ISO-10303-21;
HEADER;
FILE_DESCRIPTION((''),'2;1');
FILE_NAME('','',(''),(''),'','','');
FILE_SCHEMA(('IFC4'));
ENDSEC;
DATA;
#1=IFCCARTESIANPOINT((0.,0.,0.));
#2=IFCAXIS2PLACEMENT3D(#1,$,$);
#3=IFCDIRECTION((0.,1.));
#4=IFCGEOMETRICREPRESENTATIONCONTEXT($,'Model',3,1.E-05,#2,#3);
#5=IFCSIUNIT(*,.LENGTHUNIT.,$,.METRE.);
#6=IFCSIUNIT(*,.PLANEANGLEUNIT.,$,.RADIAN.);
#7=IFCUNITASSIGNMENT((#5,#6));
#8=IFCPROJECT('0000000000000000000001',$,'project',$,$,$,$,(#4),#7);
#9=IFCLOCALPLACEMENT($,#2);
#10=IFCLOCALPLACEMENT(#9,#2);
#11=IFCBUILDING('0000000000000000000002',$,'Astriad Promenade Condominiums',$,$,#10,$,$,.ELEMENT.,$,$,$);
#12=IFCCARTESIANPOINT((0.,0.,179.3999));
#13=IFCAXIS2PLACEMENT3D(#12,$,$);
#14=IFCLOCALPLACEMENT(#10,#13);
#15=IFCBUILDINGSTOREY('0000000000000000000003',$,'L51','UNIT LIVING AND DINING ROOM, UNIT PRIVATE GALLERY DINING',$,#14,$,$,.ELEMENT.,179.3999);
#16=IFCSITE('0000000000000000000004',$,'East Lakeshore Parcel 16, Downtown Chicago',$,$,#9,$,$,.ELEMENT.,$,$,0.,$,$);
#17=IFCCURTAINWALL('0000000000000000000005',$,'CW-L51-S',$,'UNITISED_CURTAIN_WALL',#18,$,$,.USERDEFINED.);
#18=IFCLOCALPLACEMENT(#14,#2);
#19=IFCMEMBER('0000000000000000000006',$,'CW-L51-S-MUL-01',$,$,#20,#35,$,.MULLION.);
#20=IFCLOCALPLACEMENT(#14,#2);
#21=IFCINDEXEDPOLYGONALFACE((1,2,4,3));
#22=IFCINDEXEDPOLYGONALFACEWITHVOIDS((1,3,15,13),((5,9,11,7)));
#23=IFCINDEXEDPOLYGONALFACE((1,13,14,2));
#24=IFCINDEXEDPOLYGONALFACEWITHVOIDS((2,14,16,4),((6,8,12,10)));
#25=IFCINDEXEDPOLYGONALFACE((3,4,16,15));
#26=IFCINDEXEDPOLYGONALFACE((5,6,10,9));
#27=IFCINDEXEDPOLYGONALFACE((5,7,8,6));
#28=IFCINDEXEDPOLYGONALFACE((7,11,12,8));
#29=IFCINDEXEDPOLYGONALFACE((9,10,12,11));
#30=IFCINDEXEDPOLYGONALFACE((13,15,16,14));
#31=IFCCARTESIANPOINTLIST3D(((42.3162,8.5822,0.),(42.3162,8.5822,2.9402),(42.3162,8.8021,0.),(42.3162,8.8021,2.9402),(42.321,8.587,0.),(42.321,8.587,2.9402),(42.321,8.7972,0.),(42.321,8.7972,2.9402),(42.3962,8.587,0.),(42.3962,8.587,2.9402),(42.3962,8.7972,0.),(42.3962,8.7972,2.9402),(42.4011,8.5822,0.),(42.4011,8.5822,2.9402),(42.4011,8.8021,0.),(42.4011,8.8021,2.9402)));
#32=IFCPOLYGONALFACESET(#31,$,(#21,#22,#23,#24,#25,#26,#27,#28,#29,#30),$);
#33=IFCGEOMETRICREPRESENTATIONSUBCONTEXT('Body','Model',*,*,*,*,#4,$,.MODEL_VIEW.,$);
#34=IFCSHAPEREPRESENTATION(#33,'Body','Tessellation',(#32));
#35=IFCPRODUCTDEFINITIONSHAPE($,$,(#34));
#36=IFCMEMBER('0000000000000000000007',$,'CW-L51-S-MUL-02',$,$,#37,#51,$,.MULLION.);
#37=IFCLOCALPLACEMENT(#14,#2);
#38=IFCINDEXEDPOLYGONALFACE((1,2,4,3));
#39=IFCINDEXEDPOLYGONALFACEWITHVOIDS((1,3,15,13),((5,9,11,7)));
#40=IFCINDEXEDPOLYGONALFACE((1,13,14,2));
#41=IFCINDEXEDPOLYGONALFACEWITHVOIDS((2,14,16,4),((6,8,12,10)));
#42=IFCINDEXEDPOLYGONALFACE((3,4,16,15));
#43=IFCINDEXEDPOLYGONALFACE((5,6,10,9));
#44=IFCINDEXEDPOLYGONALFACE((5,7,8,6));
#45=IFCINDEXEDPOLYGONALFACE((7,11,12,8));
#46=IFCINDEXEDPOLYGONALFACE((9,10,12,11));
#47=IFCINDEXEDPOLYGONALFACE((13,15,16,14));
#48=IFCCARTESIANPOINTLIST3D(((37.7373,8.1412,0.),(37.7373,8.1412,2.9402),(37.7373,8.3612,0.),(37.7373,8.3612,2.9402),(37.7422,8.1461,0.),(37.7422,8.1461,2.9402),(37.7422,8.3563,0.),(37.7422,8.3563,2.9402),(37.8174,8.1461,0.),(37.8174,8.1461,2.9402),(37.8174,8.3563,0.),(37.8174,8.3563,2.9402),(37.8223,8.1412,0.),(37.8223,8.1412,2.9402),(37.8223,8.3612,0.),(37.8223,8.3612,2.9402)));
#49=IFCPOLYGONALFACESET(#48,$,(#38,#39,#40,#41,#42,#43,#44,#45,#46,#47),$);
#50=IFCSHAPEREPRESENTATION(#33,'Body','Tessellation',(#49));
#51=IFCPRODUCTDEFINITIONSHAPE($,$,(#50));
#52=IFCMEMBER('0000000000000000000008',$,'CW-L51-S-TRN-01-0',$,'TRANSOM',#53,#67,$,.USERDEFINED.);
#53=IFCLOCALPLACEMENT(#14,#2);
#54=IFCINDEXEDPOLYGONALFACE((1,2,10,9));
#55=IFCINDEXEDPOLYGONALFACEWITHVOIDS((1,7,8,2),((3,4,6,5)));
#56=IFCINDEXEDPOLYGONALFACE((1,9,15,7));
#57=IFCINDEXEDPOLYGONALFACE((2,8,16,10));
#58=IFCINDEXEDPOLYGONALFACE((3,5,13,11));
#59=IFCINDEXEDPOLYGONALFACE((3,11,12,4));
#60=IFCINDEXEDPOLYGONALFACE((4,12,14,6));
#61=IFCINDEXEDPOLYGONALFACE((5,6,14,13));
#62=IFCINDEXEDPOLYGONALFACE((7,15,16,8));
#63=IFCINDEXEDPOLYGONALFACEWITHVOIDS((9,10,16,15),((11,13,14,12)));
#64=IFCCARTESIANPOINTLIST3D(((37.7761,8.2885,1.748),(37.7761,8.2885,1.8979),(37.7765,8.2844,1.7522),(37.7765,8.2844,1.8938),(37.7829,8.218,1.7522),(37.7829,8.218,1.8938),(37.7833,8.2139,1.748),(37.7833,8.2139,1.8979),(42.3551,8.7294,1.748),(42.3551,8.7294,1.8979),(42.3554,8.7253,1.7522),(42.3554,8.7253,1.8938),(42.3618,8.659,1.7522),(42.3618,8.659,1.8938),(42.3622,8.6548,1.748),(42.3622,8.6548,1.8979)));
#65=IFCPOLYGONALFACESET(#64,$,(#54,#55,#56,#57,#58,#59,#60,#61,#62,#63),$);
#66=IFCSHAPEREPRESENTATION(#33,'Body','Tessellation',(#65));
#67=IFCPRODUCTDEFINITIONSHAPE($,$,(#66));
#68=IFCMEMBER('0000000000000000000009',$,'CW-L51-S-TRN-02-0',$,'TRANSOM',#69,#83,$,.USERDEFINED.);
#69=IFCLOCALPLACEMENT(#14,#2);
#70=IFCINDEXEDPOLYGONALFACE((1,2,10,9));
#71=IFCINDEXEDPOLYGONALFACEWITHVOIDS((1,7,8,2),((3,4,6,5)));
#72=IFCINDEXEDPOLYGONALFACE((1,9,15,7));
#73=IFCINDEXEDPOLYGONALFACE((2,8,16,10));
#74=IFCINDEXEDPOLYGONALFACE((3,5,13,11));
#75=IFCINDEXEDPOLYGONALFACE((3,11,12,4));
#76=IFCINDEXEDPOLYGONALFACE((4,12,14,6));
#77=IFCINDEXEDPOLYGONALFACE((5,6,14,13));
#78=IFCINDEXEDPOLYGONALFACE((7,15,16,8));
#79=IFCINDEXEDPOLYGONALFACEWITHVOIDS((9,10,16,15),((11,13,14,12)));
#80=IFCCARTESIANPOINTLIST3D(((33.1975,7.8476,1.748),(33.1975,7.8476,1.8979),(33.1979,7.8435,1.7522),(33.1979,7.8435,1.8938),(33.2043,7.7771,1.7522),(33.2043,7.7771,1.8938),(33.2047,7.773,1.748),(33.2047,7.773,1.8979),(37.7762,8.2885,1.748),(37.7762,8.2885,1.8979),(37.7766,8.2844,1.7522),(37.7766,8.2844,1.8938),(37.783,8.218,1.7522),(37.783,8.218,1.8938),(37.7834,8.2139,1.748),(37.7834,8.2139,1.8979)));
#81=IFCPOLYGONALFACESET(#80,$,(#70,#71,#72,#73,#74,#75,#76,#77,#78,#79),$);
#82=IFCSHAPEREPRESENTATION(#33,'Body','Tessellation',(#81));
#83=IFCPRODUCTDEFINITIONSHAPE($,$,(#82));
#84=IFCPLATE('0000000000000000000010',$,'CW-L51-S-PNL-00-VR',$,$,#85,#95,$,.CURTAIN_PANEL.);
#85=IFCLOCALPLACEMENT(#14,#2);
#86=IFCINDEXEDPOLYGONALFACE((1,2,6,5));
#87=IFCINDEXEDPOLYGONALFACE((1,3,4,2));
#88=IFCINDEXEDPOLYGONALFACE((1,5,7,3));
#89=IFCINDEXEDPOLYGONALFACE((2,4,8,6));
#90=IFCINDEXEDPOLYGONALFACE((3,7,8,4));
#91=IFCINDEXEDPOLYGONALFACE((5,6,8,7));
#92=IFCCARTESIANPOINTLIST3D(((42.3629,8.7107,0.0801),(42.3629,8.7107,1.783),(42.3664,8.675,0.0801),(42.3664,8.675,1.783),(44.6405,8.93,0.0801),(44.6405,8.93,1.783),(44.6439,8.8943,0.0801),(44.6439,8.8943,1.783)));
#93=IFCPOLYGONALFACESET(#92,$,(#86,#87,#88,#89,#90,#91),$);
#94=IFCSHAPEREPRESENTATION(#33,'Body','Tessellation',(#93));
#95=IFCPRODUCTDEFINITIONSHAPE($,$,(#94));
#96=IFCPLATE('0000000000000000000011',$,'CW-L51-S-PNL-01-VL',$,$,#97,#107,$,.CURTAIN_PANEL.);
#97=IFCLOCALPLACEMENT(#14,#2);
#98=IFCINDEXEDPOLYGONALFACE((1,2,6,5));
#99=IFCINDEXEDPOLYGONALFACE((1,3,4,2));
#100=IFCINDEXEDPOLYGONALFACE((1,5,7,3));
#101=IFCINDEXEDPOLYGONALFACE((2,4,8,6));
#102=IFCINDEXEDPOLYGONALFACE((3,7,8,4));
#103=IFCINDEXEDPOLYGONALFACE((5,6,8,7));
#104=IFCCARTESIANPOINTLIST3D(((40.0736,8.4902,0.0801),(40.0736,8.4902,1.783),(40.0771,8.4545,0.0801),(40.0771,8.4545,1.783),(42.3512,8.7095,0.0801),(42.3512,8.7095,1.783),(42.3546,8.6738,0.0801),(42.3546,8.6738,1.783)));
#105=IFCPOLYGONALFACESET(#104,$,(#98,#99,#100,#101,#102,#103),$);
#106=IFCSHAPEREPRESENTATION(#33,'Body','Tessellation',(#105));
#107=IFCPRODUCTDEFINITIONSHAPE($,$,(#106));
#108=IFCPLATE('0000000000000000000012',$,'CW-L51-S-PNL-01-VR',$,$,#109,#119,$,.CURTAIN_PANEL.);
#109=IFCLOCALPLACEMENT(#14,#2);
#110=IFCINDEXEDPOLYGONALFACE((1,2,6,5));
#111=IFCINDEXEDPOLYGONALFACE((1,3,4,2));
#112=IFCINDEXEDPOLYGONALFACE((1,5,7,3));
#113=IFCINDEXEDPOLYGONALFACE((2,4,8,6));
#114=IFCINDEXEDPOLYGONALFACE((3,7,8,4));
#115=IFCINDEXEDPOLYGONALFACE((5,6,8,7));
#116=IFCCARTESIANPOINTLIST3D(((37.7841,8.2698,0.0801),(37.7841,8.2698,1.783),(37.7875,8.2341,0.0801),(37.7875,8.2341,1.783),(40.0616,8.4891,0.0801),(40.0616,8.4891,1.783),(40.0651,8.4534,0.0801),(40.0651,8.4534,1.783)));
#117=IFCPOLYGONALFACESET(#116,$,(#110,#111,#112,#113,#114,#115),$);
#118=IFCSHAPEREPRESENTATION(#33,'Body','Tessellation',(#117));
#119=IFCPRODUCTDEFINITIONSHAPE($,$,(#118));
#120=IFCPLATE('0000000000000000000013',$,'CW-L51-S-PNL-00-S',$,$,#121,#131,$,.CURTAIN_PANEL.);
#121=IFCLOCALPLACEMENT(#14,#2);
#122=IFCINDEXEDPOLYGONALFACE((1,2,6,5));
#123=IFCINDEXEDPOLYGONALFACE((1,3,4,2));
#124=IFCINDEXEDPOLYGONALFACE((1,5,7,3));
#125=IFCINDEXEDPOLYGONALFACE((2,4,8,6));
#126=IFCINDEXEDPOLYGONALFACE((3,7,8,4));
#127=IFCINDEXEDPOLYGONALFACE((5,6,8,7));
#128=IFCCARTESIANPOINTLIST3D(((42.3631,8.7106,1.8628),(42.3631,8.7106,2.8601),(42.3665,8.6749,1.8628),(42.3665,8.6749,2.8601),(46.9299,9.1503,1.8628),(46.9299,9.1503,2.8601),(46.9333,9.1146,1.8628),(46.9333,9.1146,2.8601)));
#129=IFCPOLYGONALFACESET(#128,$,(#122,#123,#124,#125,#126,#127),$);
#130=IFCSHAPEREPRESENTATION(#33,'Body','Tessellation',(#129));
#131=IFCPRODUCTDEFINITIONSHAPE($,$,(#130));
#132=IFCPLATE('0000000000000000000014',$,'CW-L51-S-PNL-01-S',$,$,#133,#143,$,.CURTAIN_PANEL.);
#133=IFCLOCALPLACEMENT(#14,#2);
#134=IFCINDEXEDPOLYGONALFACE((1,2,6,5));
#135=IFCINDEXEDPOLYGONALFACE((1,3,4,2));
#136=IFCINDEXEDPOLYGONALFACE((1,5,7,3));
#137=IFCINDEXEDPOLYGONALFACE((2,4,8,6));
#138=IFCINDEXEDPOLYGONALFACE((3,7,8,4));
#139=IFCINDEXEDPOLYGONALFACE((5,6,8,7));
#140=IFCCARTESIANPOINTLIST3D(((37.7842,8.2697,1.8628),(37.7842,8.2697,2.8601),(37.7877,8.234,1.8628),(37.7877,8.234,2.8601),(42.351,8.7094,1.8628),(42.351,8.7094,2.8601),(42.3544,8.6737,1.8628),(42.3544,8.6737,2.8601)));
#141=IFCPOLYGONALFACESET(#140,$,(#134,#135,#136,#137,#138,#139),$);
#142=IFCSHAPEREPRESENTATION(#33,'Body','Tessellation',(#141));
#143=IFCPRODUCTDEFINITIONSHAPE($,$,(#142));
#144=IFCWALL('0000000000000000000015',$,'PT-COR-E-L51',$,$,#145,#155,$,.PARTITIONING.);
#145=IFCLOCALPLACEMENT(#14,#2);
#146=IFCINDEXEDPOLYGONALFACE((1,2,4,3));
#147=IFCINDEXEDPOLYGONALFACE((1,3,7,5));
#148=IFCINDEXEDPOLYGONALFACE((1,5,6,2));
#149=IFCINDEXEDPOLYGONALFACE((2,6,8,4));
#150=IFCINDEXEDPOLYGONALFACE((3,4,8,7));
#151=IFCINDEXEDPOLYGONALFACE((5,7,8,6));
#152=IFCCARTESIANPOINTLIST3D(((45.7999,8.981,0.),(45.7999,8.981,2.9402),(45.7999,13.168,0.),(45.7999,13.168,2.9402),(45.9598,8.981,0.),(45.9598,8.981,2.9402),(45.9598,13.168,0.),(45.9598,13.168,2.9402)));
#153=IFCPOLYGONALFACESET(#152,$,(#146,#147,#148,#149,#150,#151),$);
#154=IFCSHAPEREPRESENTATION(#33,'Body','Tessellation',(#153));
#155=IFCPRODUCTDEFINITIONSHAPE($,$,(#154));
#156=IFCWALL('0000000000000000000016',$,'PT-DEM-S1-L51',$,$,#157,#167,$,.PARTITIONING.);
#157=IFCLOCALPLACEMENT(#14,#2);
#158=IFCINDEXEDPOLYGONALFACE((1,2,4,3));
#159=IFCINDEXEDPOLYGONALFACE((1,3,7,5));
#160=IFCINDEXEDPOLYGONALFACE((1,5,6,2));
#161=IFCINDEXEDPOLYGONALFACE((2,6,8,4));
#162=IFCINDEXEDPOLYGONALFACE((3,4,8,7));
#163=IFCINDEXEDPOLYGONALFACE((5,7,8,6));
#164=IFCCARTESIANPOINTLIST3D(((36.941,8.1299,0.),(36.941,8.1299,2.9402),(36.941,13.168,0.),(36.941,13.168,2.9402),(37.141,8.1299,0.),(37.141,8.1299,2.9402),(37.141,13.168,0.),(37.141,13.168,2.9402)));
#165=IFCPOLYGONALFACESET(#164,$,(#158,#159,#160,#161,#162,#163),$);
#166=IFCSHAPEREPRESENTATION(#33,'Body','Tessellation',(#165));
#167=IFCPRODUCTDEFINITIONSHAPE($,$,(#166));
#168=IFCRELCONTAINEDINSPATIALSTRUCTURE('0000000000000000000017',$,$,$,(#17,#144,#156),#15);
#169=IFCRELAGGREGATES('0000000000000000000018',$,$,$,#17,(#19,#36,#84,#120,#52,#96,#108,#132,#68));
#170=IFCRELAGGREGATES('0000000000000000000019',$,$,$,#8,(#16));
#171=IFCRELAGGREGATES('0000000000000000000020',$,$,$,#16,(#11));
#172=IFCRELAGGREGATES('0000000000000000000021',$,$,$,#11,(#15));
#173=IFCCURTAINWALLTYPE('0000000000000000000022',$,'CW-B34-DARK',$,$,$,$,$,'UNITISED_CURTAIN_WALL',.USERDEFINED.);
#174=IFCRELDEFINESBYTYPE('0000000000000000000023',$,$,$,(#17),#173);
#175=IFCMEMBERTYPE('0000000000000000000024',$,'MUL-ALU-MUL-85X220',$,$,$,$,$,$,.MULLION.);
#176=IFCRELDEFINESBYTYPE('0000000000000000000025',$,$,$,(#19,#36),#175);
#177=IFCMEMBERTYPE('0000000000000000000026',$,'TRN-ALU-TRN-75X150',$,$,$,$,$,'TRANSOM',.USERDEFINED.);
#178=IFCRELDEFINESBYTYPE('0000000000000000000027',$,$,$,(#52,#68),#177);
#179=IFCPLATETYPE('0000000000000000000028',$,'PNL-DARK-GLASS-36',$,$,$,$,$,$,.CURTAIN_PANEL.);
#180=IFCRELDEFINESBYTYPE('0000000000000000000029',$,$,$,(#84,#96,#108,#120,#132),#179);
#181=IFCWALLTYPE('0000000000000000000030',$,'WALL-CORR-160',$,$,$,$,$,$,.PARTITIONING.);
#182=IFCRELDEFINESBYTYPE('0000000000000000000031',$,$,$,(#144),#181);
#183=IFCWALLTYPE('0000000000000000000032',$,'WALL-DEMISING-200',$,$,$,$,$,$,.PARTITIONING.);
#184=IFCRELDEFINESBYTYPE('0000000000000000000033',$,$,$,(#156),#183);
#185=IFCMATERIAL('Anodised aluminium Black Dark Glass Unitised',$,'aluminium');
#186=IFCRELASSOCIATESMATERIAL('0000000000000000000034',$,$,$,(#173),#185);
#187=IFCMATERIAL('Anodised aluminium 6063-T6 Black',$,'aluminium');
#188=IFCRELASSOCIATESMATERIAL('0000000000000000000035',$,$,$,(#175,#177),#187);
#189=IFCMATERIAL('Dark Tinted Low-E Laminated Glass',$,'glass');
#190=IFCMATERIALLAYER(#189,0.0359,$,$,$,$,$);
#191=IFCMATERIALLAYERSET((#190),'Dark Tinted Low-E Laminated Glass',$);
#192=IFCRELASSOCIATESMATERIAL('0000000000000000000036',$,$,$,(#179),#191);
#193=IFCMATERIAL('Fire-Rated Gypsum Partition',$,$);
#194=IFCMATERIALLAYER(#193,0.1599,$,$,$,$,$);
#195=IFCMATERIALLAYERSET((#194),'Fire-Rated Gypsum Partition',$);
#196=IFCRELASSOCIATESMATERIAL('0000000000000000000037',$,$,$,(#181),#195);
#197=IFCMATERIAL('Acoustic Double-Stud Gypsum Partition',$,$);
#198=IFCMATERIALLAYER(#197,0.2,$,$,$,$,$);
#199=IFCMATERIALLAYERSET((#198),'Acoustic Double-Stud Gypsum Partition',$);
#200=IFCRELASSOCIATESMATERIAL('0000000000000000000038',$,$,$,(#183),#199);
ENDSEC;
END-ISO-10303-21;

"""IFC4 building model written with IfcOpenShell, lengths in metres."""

from ifc_helpers import new_model, si_unit, direction, frame, frame_2d, origin, origin_2d, place, context, subcontext, project, spatial, rectangle, hollow_rectangle, extrude, source, transform, mapped, material, layer, layer_set, material_profile, profile_set, type_object, type_shapes, element, aggregate, save


model = new_model("IFC4")

# Units and contexts
model_context = context("Model", 3, precision=1e-05, world=origin(), true_north=direction((0.0, 1.0)))
body_context = subcontext(model_context, "Body", "Model", "MODEL_VIEW")
ifc_project = project(units=[si_unit("LENGTHUNIT", "METRE"), si_unit("PLANEANGLEUNIT", "RADIAN")], contexts=[model_context])

# Site, building, storey
site_placement = place(None, origin())
site = spatial("IfcSite", under=ifc_project, at=site_placement, Name="East Lakeshore Parcel 16, Downtown Chicago", CompositionType="ELEMENT", RefElevation=0.0)
building_placement = place(site_placement, origin())
building = spatial("IfcBuilding", under=site, at=building_placement, Name="Astriad Promenade Condominiums", CompositionType="ELEMENT")
storey_placement = place(building_placement, frame((0.0, 0.0, 179.3999)))
storey = spatial("IfcBuildingStorey", under=building, at=storey_placement, Name="L51", Description="UNIT LIVING AND DINING ROOM, UNIT PRIVATE GALLERY DINING", CompositionType="ELEMENT", Elevation=179.3999)

# Curtain wall, members, plates
ifc_material_1 = material(Name="Anodised aluminium Black Dark Glass Unitised", Category="aluminium")
curtain_wall_type = type_object("IfcCurtainWallType", Name="CW-B34-DARK", ElementType="UNITISED_CURTAIN_WALL", PredefinedType="USERDEFINED", material=ifc_material_1)
curtain_wall_placement = place(storey_placement, origin())
curtain_wall = element("IfcCurtainWall", 1, at=curtain_wall_placement, inside=storey, type_object=curtain_wall_type, Name="CW-L51-S", ObjectType="UNITISED_CURTAIN_WALL", PredefinedType="USERDEFINED")
ifc_material_2 = material(Name="Anodised aluminium 6063-T6 Black", Category="aluminium")
ifc_material_profile_1 = material_profile(ifc_material_2, hollow_rectangle(XDim=0.085, YDim=0.22, WallThickness=0.0049, at=origin_2d()), Name="ALU-MUL-85X220")
ifc_profile_set_1 = profile_set([ifc_material_profile_1], Name="Anodised aluminium 6063-T6 Black")
member_type_1 = type_object("IfcMemberType", Name="MUL-ALU-MUL-85X220", PredefinedType="MULLION", material=ifc_profile_set_1)
shared_shape_1 = source(origin(), body_context, "Body", "SweptSolid", [
    extrude(hollow_rectangle(XDim=0.085, YDim=0.22, WallThickness=0.0049, at=origin_2d()), origin(), (0.0, 0.0, 1.0), 2.9402),
])
type_shapes(member_type_1, [shared_shape_1])
member_1_placement = place(storey_placement, frame((42.3586, 8.6921, 0.0), z_axis=(0.0, 0.0, 1.0), x_axis=(1.0, 0.0, 0.0)))
member_1 = element("IfcMember", 2, at=member_1_placement, type_object=member_type_1, Name="CW-L51-S-MUL-01", PredefinedType="MULLION", context=body_context, shape_type="MappedRepresentation", body=[
    mapped(shared_shape_1, transform((0.0, 0.0, 0.0), scale=1.0)),
])
member_2_placement = place(storey_placement, frame((37.7798, 8.2512, 0.0), z_axis=(0.0, 0.0, 1.0), x_axis=(1.0, 0.0, 0.0)))
member_2 = element("IfcMember", 3, at=member_2_placement, type_object=member_type_1, Name="CW-L51-S-MUL-02", PredefinedType="MULLION", context=body_context, shape_type="MappedRepresentation", body=[
    mapped(shared_shape_1, transform((0.0, 0.0, 0.0), scale=1.0)),
])
ifc_material_profile_2 = material_profile(ifc_material_2, hollow_rectangle(XDim=0.075, YDim=0.1499, WallThickness=0.0042, at=origin_2d()), Name="ALU-TRN-75X150")
ifc_profile_set_2 = profile_set([ifc_material_profile_2], Name="Anodised aluminium 6063-T6 Black")
member_type_2 = type_object("IfcMemberType", Name="TRN-ALU-TRN-75X150", ElementType="TRANSOM", PredefinedType="USERDEFINED", material=ifc_profile_set_2)
shared_shape_2 = source(origin(), body_context, "Body", "SweptSolid", [
    extrude(hollow_rectangle(XDim=0.075, YDim=0.1499, WallThickness=0.0042, at=origin_2d()), origin(), (0.0, 0.0, 1.0), 4.6001),
])
member_3_placement = place(storey_placement, frame((42.3586, 8.6921, 1.823), z_axis=(-0.995396, -0.095851, 0.0), x_axis=(0.095851, -0.995396, 0.0)))
member_3 = element("IfcMember", 4, at=member_3_placement, type_object=member_type_2, Name="CW-L51-S-TRN-01-0", ObjectType="TRANSOM", PredefinedType="USERDEFINED", context=body_context, shape_type="MappedRepresentation", body=[
    mapped(shared_shape_2, transform((0.0, 0.0, 0.0), scale=1.0)),
])
shared_shape_3 = source(origin(), body_context, "Body", "SweptSolid", [
    extrude(hollow_rectangle(XDim=0.075, YDim=0.1499, WallThickness=0.0042, at=origin_2d()), origin(), (0.0, 0.0, 1.0), 4.5999),
])
type_shapes(member_type_2, [shared_shape_2, shared_shape_3])
member_4_placement = place(storey_placement, frame((37.7798, 8.2512, 1.823), z_axis=(-0.995395, -0.095856, 0.0), x_axis=(0.095856, -0.995395, 0.0)))
member_4 = element("IfcMember", 5, at=member_4_placement, type_object=member_type_2, Name="CW-L51-S-TRN-02-0", ObjectType="TRANSOM", PredefinedType="USERDEFINED", context=body_context, shape_type="MappedRepresentation", body=[
    mapped(shared_shape_3, transform((0.0, 0.0, 0.0), scale=1.0)),
])
ifc_material_3 = material(Name="Dark Tinted Low-E Laminated Glass", Category="glass")
ifc_layer_1 = layer(ifc_material_3, 0.0359)
ifc_layer_set_1 = layer_set([ifc_layer_1], Name="Dark Tinted Low-E Laminated Glass")
plate_type = type_object("IfcPlateType", Name="PNL-DARK-GLASS-36", PredefinedType="CURTAIN_PANEL", material=ifc_layer_set_1)
shared_shape_4 = source(origin(), body_context, "Body", "SweptSolid", [
    extrude(rectangle(XDim=2.2881, YDim=0.0359, at=origin_2d()), origin(), (0.0, 0.0, 1.0), 1.7029),
])
plate_1_placement = place(storey_placement, frame((43.5034, 8.8025, 0.0801), z_axis=(0.0, 0.0, 1.0), x_axis=(-0.995396, -0.095846, 0.0)))
plate_1 = element("IfcPlate", 6, at=plate_1_placement, type_object=plate_type, Name="CW-L51-S-PNL-00-VR", PredefinedType="CURTAIN_PANEL", context=body_context, shape_type="MappedRepresentation", body=[
    mapped(shared_shape_4, transform((0.0, 0.0, 0.0), scale=1.0)),
])
plate_2_placement = place(storey_placement, frame((41.2141, 8.582, 0.0801), z_axis=(0.0, 0.0, 1.0), x_axis=(-0.995396, -0.095846, 0.0)))
plate_2 = element("IfcPlate", 7, at=plate_2_placement, type_object=plate_type, Name="CW-L51-S-PNL-01-VL", PredefinedType="CURTAIN_PANEL", context=body_context, shape_type="MappedRepresentation", body=[
    mapped(shared_shape_4, transform((0.0, 0.0, 0.0), scale=1.0)),
])
plate_3_placement = place(storey_placement, frame((38.9246, 8.3616, 0.0801), z_axis=(0.0, 0.0, 1.0), x_axis=(-0.995396, -0.095846, 0.0)))
plate_3 = element("IfcPlate", 8, at=plate_3_placement, type_object=plate_type, Name="CW-L51-S-PNL-01-VR", PredefinedType="CURTAIN_PANEL", context=body_context, shape_type="MappedRepresentation", body=[
    mapped(shared_shape_4, transform((0.0, 0.0, 0.0), scale=1.0)),
])
shared_shape_5 = source(origin(), body_context, "Body", "SweptSolid", [
    extrude(rectangle(XDim=4.5879, YDim=0.0359, at=origin_2d()), origin(), (0.0, 0.0, 1.0), 0.9973),
])
type_shapes(plate_type, [shared_shape_4, shared_shape_5])
plate_4_placement = place(storey_placement, frame((44.6482, 8.9126, 1.8628), z_axis=(0.0, 0.0, 1.0), x_axis=(-0.995396, -0.095846, 0.0)))
plate_4 = element("IfcPlate", 9, at=plate_4_placement, type_object=plate_type, Name="CW-L51-S-PNL-00-S", PredefinedType="CURTAIN_PANEL", context=body_context, shape_type="MappedRepresentation", body=[
    mapped(shared_shape_5, transform((0.0, 0.0, 0.0), scale=1.0)),
])
plate_5_placement = place(storey_placement, frame((40.0693, 8.4717, 1.8628), z_axis=(0.0, 0.0, 1.0), x_axis=(-0.995396, -0.095846, 0.0)))
plate_5 = element("IfcPlate", 10, at=plate_5_placement, type_object=plate_type, Name="CW-L51-S-PNL-01-S", PredefinedType="CURTAIN_PANEL", context=body_context, shape_type="MappedRepresentation", body=[
    mapped(shared_shape_5, transform((0.0, 0.0, 0.0), scale=1.0)),
])
aggregate(curtain_wall, [member_1, member_2, plate_1, plate_4, member_3, plate_2, plate_3, plate_5, member_4])

# Walls
ifc_material_4 = material(Name="Fire-Rated Gypsum Partition")
ifc_layer_2 = layer(ifc_material_4, 0.1599)
ifc_layer_set_2 = layer_set([ifc_layer_2], Name="Fire-Rated Gypsum Partition")
wall_type_1 = type_object("IfcWallType", Name="WALL-CORR-160", PredefinedType="PARTITIONING", material=ifc_layer_set_2)
wall_1_placement = place(storey_placement, frame((45.8799, 8.981, 0.0), z_axis=(0.0, 0.0, 1.0), x_axis=(0.0, 1.0, 0.0)))
element("IfcWall", 11, at=wall_1_placement, inside=storey, type_object=wall_type_1, Name="PT-COR-E-L51", PredefinedType="PARTITIONING", context=body_context, shape_type="SweptSolid", body=[
    extrude(rectangle(XDim=4.187, YDim=0.1599, at=frame_2d((2.0935, 0.0))), origin(), (0.0, 0.0, 1.0), 2.9402),
])
ifc_material_5 = material(Name="Acoustic Double-Stud Gypsum Partition")
ifc_layer_3 = layer(ifc_material_5, 0.2)
ifc_layer_set_3 = layer_set([ifc_layer_3], Name="Acoustic Double-Stud Gypsum Partition")
wall_type_2 = type_object("IfcWallType", Name="WALL-DEMISING-200", PredefinedType="PARTITIONING", material=ifc_layer_set_3)
wall_2_placement = place(storey_placement, frame((37.041, 8.1299, 0.0), z_axis=(0.0, 0.0, 1.0), x_axis=(0.0, 1.0, 0.0)))
element("IfcWall", 12, at=wall_2_placement, inside=storey, type_object=wall_type_2, Name="PT-DEM-S1-L51", PredefinedType="PARTITIONING", context=body_context, shape_type="SweptSolid", body=[
    extrude(rectangle(XDim=5.0381, YDim=0.2, at=frame_2d((2.519, 0.0))), origin(), (0.0, 0.0, 1.0), 2.9402),
])

save(model, "model.ifc")
